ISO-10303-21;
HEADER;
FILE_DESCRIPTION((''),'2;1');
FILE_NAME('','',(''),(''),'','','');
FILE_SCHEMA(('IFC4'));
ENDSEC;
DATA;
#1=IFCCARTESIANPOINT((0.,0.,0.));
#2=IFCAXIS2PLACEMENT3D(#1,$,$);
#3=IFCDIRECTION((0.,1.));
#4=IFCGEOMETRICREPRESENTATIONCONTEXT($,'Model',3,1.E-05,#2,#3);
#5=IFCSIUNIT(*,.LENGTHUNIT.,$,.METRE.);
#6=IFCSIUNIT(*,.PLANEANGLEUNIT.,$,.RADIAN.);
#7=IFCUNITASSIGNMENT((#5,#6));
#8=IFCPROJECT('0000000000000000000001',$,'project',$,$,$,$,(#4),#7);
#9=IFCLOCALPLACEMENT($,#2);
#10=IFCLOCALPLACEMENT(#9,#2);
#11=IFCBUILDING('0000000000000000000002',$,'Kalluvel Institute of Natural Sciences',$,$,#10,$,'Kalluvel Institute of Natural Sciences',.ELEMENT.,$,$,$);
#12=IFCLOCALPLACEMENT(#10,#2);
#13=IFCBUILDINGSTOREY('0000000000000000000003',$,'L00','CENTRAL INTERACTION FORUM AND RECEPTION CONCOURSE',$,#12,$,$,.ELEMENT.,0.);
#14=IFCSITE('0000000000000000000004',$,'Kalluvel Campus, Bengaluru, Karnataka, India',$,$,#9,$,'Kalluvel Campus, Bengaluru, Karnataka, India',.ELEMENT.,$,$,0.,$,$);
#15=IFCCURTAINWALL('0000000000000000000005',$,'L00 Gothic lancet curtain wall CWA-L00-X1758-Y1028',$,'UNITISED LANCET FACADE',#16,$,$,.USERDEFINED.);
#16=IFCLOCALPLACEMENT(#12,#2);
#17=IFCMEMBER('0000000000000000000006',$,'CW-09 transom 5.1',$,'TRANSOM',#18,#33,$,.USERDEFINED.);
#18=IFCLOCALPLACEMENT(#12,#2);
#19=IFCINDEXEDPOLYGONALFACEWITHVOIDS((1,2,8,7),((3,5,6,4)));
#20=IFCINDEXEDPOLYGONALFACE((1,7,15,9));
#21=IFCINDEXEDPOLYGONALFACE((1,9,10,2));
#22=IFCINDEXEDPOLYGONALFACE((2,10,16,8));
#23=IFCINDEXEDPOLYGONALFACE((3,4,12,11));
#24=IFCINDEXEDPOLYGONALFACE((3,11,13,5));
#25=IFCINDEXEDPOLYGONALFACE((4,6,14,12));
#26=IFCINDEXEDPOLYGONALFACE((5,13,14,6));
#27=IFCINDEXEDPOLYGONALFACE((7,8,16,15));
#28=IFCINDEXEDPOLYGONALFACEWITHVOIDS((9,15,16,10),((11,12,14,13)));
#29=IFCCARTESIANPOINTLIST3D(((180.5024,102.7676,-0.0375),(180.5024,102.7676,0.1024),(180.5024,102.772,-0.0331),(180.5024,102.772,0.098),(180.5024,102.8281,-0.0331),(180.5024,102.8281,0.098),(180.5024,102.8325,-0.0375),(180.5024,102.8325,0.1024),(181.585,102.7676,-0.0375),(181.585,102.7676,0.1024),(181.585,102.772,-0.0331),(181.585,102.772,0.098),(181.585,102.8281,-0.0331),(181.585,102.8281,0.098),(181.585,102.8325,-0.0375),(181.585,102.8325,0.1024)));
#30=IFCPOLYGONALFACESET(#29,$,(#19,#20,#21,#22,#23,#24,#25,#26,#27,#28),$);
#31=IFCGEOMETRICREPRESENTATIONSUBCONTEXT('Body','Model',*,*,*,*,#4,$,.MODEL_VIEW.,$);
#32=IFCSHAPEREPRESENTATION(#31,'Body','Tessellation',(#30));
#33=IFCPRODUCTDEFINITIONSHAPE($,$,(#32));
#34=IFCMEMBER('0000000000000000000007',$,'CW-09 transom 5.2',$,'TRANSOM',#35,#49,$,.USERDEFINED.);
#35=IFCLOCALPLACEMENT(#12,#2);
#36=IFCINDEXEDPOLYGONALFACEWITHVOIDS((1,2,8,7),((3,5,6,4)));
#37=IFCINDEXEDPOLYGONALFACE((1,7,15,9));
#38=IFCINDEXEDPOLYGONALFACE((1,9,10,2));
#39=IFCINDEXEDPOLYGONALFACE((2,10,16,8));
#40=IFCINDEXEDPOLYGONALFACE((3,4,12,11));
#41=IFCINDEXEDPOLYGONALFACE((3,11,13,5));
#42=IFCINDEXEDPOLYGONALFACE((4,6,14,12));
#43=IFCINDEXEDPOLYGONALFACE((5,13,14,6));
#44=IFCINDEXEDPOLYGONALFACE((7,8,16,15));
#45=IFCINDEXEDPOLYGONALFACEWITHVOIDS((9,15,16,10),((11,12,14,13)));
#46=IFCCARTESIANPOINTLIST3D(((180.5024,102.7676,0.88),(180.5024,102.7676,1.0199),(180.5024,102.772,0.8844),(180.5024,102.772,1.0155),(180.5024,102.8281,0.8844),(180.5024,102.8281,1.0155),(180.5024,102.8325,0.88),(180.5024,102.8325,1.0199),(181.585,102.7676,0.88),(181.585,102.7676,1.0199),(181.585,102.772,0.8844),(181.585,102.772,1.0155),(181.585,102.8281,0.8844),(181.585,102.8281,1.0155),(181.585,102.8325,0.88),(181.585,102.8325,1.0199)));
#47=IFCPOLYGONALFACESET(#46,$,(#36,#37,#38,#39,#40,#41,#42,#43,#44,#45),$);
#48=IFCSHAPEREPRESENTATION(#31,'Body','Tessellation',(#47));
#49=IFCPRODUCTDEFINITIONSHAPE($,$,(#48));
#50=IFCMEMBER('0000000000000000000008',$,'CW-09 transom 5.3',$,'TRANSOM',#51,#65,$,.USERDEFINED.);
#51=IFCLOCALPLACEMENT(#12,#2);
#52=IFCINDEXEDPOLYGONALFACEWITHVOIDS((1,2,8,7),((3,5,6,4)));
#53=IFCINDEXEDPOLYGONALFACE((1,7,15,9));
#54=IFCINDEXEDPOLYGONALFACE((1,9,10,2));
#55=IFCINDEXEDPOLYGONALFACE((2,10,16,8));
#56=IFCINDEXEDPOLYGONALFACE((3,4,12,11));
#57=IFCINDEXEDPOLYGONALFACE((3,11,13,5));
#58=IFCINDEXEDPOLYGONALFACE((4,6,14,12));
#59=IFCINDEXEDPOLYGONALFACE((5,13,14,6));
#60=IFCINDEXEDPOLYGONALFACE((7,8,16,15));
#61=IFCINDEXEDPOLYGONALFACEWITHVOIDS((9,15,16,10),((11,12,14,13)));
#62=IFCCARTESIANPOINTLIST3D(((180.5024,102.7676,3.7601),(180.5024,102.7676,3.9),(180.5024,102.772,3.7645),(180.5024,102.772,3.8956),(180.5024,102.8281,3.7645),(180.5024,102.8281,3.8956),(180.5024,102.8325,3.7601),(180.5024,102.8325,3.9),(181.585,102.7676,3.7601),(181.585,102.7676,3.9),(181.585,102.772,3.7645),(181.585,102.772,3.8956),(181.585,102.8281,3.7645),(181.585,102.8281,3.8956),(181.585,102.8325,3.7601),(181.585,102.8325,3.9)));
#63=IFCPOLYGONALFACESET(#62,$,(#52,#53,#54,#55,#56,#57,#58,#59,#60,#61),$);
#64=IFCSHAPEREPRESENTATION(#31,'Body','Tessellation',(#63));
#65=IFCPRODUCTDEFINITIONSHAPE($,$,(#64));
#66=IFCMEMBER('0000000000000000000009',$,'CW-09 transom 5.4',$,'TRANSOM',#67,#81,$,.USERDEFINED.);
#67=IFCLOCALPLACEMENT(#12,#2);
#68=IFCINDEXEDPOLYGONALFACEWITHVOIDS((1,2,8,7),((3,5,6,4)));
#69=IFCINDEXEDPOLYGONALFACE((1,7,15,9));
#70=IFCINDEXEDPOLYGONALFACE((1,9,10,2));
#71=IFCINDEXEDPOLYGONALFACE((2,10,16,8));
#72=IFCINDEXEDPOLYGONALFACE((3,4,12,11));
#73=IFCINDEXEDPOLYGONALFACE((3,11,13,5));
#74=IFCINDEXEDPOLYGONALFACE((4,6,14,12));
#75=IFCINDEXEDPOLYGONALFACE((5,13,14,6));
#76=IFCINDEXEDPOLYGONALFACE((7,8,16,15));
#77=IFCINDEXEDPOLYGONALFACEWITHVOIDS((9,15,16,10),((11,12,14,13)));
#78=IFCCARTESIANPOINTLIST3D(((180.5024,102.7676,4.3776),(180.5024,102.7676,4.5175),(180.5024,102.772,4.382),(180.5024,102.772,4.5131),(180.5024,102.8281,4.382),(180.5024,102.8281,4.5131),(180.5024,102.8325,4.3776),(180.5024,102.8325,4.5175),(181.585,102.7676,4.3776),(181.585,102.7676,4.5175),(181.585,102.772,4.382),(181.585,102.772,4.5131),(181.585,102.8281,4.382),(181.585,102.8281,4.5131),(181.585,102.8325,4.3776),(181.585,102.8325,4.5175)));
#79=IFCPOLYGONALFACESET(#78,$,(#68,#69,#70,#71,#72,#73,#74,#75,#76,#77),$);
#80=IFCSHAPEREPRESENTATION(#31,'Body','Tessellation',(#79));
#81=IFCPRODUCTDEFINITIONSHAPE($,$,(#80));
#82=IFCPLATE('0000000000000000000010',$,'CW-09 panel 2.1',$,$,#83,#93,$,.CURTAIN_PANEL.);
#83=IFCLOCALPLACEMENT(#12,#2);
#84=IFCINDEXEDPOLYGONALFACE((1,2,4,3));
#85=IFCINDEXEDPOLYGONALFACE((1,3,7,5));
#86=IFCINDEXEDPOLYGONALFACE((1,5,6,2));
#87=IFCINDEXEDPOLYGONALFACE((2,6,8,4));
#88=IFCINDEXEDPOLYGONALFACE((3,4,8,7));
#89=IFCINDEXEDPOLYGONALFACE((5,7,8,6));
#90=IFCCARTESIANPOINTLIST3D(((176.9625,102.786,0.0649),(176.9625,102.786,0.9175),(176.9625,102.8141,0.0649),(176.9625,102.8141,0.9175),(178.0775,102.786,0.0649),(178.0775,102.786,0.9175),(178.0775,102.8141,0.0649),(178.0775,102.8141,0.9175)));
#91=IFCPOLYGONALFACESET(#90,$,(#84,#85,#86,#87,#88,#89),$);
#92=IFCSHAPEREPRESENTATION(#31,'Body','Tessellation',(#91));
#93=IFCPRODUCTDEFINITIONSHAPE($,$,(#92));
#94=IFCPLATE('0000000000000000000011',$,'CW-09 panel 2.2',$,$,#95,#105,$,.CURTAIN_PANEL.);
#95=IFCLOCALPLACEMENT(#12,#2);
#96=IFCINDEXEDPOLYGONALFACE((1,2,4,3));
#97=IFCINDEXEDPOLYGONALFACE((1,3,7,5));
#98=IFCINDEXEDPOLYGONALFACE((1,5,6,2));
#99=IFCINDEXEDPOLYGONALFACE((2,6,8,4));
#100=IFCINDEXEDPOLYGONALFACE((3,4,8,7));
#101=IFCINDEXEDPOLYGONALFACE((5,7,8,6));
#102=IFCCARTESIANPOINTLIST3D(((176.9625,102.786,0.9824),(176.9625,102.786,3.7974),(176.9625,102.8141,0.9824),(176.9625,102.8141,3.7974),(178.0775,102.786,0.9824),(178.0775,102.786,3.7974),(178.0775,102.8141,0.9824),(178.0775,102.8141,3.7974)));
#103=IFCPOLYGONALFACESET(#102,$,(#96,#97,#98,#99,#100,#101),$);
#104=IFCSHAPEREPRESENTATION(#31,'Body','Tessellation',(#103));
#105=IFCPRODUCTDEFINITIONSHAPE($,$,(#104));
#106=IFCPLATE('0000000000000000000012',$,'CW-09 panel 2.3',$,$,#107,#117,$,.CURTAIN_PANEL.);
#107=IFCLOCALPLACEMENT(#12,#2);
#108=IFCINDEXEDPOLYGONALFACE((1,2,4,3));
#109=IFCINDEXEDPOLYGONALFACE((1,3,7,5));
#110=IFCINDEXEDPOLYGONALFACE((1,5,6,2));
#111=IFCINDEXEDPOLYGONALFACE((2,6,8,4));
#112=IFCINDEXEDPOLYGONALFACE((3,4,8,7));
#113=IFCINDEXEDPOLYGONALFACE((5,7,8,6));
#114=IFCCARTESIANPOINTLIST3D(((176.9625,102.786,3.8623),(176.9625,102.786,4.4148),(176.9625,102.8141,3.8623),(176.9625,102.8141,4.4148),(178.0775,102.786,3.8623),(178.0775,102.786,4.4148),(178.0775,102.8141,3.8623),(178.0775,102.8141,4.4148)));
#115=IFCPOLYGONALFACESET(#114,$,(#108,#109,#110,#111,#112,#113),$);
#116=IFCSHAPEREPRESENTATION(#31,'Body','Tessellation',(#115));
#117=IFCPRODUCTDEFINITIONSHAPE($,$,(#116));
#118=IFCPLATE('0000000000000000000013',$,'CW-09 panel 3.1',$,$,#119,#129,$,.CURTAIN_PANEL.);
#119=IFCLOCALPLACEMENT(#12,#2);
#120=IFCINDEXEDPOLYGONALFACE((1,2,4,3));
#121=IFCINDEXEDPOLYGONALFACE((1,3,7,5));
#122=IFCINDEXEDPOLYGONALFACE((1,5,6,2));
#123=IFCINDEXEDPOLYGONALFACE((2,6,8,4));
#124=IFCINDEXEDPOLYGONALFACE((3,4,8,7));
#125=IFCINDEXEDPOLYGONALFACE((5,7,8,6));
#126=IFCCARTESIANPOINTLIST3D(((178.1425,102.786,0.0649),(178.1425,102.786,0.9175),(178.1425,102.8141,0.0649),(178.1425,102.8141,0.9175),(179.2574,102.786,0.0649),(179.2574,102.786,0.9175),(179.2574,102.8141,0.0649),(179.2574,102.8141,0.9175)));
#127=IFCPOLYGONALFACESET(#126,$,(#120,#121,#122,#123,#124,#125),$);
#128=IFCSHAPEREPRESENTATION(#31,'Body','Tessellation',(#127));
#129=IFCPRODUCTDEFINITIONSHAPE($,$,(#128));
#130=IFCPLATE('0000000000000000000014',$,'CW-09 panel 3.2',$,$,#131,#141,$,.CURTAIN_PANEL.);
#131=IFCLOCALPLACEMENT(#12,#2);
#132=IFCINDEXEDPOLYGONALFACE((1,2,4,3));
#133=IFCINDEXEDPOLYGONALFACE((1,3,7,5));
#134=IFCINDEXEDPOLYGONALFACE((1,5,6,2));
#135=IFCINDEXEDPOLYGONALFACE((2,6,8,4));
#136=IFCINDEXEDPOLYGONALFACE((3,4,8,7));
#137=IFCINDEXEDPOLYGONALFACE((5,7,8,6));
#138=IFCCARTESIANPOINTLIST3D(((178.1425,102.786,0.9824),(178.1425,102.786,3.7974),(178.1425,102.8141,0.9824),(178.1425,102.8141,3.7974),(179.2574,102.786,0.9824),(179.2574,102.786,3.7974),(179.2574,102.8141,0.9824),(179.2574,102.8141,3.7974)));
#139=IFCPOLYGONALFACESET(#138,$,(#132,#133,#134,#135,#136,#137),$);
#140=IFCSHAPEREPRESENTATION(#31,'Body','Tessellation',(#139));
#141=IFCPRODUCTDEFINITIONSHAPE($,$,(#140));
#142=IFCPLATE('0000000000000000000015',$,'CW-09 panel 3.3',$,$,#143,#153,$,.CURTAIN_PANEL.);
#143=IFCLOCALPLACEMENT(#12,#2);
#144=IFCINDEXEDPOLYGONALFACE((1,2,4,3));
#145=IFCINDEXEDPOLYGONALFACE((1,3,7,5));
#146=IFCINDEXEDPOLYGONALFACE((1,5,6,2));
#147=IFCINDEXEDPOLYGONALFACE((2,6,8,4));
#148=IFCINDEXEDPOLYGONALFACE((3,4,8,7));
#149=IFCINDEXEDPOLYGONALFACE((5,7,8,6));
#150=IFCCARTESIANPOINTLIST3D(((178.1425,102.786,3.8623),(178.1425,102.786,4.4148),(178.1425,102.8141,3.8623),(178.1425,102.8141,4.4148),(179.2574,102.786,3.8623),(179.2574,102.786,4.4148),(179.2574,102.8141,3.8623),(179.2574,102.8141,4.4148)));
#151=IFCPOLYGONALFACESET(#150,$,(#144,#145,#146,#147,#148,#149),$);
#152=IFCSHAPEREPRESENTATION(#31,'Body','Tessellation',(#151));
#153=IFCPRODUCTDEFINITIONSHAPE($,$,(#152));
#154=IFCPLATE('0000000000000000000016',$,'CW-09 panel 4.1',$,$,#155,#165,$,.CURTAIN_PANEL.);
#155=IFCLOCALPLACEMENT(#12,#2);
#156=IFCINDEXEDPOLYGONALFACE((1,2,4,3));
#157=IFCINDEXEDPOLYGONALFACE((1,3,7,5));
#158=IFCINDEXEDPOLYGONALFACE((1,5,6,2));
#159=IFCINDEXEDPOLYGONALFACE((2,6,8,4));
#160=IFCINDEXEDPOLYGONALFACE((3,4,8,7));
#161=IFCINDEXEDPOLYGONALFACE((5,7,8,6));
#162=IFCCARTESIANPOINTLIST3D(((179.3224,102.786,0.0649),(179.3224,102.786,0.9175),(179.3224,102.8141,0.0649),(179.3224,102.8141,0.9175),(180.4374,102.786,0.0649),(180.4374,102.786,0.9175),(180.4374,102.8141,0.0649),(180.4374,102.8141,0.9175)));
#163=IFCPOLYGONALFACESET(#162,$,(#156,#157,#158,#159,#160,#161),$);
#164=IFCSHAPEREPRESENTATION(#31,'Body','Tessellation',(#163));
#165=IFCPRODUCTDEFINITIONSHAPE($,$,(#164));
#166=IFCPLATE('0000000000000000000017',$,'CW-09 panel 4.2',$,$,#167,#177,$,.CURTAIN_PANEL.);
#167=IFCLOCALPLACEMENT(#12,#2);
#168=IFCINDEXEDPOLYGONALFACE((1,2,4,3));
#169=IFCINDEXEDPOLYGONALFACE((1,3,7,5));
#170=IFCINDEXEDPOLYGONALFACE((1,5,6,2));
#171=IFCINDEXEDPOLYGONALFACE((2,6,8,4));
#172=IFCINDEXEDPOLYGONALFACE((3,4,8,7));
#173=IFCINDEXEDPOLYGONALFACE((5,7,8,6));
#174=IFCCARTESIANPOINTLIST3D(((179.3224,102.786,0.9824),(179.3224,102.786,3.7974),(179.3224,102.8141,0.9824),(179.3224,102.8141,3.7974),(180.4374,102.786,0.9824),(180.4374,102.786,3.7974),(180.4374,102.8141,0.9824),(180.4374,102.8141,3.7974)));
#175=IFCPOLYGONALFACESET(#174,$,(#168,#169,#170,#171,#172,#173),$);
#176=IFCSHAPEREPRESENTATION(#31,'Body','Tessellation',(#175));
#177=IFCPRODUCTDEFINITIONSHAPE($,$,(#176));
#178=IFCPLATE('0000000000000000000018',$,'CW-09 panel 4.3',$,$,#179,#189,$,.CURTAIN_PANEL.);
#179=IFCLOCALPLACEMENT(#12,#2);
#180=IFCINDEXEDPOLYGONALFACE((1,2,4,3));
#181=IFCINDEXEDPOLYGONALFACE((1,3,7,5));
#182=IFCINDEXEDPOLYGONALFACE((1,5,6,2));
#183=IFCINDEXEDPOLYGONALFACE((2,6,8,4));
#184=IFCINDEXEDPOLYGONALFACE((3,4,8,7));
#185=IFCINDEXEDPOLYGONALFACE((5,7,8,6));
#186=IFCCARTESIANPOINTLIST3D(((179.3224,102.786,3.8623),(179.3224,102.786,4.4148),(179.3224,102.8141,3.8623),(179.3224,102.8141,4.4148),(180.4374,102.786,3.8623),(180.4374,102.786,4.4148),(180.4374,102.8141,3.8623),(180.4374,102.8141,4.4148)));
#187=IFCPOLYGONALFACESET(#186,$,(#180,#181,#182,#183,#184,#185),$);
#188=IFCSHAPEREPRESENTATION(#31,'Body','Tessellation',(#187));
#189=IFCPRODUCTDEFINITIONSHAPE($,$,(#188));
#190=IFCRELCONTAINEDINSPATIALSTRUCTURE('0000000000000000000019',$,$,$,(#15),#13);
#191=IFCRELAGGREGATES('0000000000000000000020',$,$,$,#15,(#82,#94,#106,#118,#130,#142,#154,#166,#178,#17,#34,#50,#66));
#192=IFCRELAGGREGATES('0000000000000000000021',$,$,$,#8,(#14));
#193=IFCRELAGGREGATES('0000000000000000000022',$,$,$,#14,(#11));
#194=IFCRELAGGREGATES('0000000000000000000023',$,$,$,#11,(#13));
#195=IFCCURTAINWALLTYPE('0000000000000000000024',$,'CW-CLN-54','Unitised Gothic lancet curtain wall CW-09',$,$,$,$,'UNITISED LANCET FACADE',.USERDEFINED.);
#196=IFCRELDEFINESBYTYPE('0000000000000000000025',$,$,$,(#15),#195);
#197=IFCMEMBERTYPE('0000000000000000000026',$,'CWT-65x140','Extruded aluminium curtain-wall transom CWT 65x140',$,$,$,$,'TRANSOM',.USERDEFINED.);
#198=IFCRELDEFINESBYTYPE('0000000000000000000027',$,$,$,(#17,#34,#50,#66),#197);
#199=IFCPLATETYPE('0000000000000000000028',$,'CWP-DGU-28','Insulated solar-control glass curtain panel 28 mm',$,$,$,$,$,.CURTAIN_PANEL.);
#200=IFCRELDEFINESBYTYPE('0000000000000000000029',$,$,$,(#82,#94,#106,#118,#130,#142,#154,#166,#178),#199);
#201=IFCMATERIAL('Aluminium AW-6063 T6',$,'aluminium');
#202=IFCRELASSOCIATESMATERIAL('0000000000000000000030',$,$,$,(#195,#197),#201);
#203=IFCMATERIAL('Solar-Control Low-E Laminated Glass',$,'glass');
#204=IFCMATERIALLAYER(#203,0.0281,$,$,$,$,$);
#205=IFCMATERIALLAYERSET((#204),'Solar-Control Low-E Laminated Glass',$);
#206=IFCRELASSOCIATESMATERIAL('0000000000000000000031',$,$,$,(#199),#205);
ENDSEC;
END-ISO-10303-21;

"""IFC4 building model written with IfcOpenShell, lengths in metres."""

from ifc_helpers import new_model, si_unit, direction, frame, origin, origin_2d, place, context, subcontext, project, spatial, rectangle, hollow_rectangle, extrude, material, layer, layer_set, material_profile, profile_set, type_object, element, aggregate, save


model = new_model("IFC4")

# Units and contexts
model_context = context("Model", 3, precision=1e-05, world=origin(), true_north=direction((0.0, 1.0)))
body_context = subcontext(model_context, "Body", "Model", "MODEL_VIEW")
ifc_project = project(units=[si_unit("LENGTHUNIT", "METRE"), si_unit("PLANEANGLEUNIT", "RADIAN")], contexts=[model_context])

# Site, building, storey
site_placement = place(None, origin())
site = spatial("IfcSite", under=ifc_project, at=site_placement, Name="Kalluvel Campus, Bengaluru, Karnataka, India", LongName="Kalluvel Campus, Bengaluru, Karnataka, India", CompositionType="ELEMENT", RefElevation=0.0)
building_placement = place(site_placement, origin())
building = spatial("IfcBuilding", under=site, at=building_placement, Name="Kalluvel Institute of Natural Sciences", LongName="Kalluvel Institute of Natural Sciences", CompositionType="ELEMENT")
storey_placement = place(building_placement, origin())
storey = spatial("IfcBuildingStorey", under=building, at=storey_placement, Name="L00", Description="CENTRAL INTERACTION FORUM AND RECEPTION CONCOURSE", CompositionType="ELEMENT", Elevation=0.0)

# Curtain wall, members, plates
ifc_material_1 = material(Name="Aluminium AW-6063 T6", Category="aluminium")
curtain_wall_type = type_object("IfcCurtainWallType", Name="CW-CLN-54", Description="Unitised Gothic lancet curtain wall CW-09", ElementType="UNITISED LANCET FACADE", PredefinedType="USERDEFINED", material=ifc_material_1)
curtain_wall_placement = place(storey_placement, origin())
curtain_wall = element("IfcCurtainWall", 1, at=curtain_wall_placement, inside=storey, type_object=curtain_wall_type, Name="L00 Gothic lancet curtain wall CWA-L00-X1758-Y1028", ObjectType="UNITISED LANCET FACADE", PredefinedType="USERDEFINED")
ifc_material_profile_1 = material_profile(ifc_material_1, hollow_rectangle(XDim=0.0649, YDim=0.1399, WallThickness=0.0044, at=origin_2d()), Name="CWT 65x140")
ifc_profile_set_1 = profile_set([ifc_material_profile_1], Name="Aluminium AW-6063 T6")
member_type_1 = type_object("IfcMemberType", Name="CWT-65x140", Description="Extruded aluminium curtain-wall transom CWT 65x140", ElementType="TRANSOM", PredefinedType="USERDEFINED", material=ifc_profile_set_1)
member_1_placement = place(storey_placement, frame((180.5024, 102.8, 0.0325), z_axis=(1.0, 0.0, 0.0), x_axis=(0.0, 1.0, 0.0)))
member_1 = element("IfcMember", 2, at=member_1_placement, type_object=member_type_1, Name="CW-09 transom 5.1", ObjectType="TRANSOM", PredefinedType="USERDEFINED", context=body_context, shape_type="SweptSolid", body=[
    extrude(hollow_rectangle(XDim=0.0649, YDim=0.1399, WallThickness=0.0044, at=origin_2d()), origin(), (0.0, 0.0, 1.0), 1.0825),
])
member_2_placement = place(storey_placement, frame((180.5024, 102.8, 0.95), z_axis=(1.0, 0.0, 0.0), x_axis=(0.0, 1.0, 0.0)))
member_2 = element("IfcMember", 3, at=member_2_placement, type_object=member_type_1, Name="CW-09 transom 5.2", ObjectType="TRANSOM", PredefinedType="USERDEFINED", context=body_context, shape_type="SweptSolid", body=[
    extrude(hollow_rectangle(XDim=0.0649, YDim=0.1399, WallThickness=0.0044, at=origin_2d()), origin(), (0.0, 0.0, 1.0), 1.0825),
])
member_3_placement = place(storey_placement, frame((180.5024, 102.8, 3.8301), z_axis=(1.0, 0.0, 0.0), x_axis=(0.0, 1.0, 0.0)))
member_3 = element("IfcMember", 4, at=member_3_placement, type_object=member_type_1, Name="CW-09 transom 5.3", ObjectType="TRANSOM", PredefinedType="USERDEFINED", context=body_context, shape_type="SweptSolid", body=[
    extrude(hollow_rectangle(XDim=0.0649, YDim=0.1399, WallThickness=0.0044, at=origin_2d()), origin(), (0.0, 0.0, 1.0), 1.0825),
])
member_4_placement = place(storey_placement, frame((180.5024, 102.8, 4.4475), z_axis=(1.0, 0.0, 0.0), x_axis=(0.0, 1.0, 0.0)))
member_4 = element("IfcMember", 5, at=member_4_placement, type_object=member_type_1, Name="CW-09 transom 5.4", ObjectType="TRANSOM", PredefinedType="USERDEFINED", context=body_context, shape_type="SweptSolid", body=[
    extrude(hollow_rectangle(XDim=0.0649, YDim=0.1399, WallThickness=0.0044, at=origin_2d()), origin(), (0.0, 0.0, 1.0), 1.0825),
])
ifc_material_2 = material(Name="Solar-Control Low-E Laminated Glass", Category="glass")
ifc_layer = layer(ifc_material_2, 0.0281)
ifc_layer_set = layer_set([ifc_layer], Name="Solar-Control Low-E Laminated Glass")
plate_type = type_object("IfcPlateType", Name="CWP-DGU-28", Description="Insulated solar-control glass curtain panel 28 mm", PredefinedType="CURTAIN_PANEL", material=ifc_layer_set)
plate_1_placement = place(storey_placement, frame((177.52, 102.8, 0.0649), z_axis=(0.0, 0.0, 1.0), x_axis=(1.0, 0.0, 0.0)))
plate_1 = element("IfcPlate", 6, at=plate_1_placement, type_object=plate_type, Name="CW-09 panel 2.1", PredefinedType="CURTAIN_PANEL", context=body_context, shape_type="SweptSolid", body=[
    extrude(rectangle(XDim=1.115, YDim=0.0281, at=origin_2d()), origin(), (0.0, 0.0, 1.0), 0.8525),
])
plate_2_placement = place(storey_placement, frame((177.52, 102.8, 0.9824), z_axis=(0.0, 0.0, 1.0), x_axis=(1.0, 0.0, 0.0)))
plate_2 = element("IfcPlate", 7, at=plate_2_placement, type_object=plate_type, Name="CW-09 panel 2.2", PredefinedType="CURTAIN_PANEL", context=body_context, shape_type="SweptSolid", body=[
    extrude(rectangle(XDim=1.115, YDim=0.0281, at=origin_2d()), origin(), (0.0, 0.0, 1.0), 2.8149),
])
plate_3_placement = place(storey_placement, frame((177.52, 102.8, 3.8623), z_axis=(0.0, 0.0, 1.0), x_axis=(1.0, 0.0, 0.0)))
plate_3 = element("IfcPlate", 8, at=plate_3_placement, type_object=plate_type, Name="CW-09 panel 2.3", PredefinedType="CURTAIN_PANEL", context=body_context, shape_type="SweptSolid", body=[
    extrude(rectangle(XDim=1.115, YDim=0.0281, at=origin_2d()), origin(), (0.0, 0.0, 1.0), 0.5525),
])
plate_4_placement = place(storey_placement, frame((178.7, 102.8, 0.0649), z_axis=(0.0, 0.0, 1.0), x_axis=(1.0, 0.0, 0.0)))
plate_4 = element("IfcPlate", 9, at=plate_4_placement, type_object=plate_type, Name="CW-09 panel 3.1", PredefinedType="CURTAIN_PANEL", context=body_context, shape_type="SweptSolid", body=[
    extrude(rectangle(XDim=1.115, YDim=0.0281, at=origin_2d()), origin(), (0.0, 0.0, 1.0), 0.8525),
])
plate_5_placement = place(storey_placement, frame((178.7, 102.8, 0.9824), z_axis=(0.0, 0.0, 1.0), x_axis=(1.0, 0.0, 0.0)))
plate_5 = element("IfcPlate", 10, at=plate_5_placement, type_object=plate_type, Name="CW-09 panel 3.2", PredefinedType="CURTAIN_PANEL", context=body_context, shape_type="SweptSolid", body=[
    extrude(rectangle(XDim=1.115, YDim=0.0281, at=origin_2d()), origin(), (0.0, 0.0, 1.0), 2.8149),
])
plate_6_placement = place(storey_placement, frame((178.7, 102.8, 3.8623), z_axis=(0.0, 0.0, 1.0), x_axis=(1.0, 0.0, 0.0)))
plate_6 = element("IfcPlate", 11, at=plate_6_placement, type_object=plate_type, Name="CW-09 panel 3.3", PredefinedType="CURTAIN_PANEL", context=body_context, shape_type="SweptSolid", body=[
    extrude(rectangle(XDim=1.115, YDim=0.0281, at=origin_2d()), origin(), (0.0, 0.0, 1.0), 0.5525),
])
plate_7_placement = place(storey_placement, frame((179.8799, 102.8, 0.0649), z_axis=(0.0, 0.0, 1.0), x_axis=(1.0, 0.0, 0.0)))
plate_7 = element("IfcPlate", 12, at=plate_7_placement, type_object=plate_type, Name="CW-09 panel 4.1", PredefinedType="CURTAIN_PANEL", context=body_context, shape_type="SweptSolid", body=[
    extrude(rectangle(XDim=1.115, YDim=0.0281, at=origin_2d()), origin(), (0.0, 0.0, 1.0), 0.8525),
])
plate_8_placement = place(storey_placement, frame((179.8799, 102.8, 0.9824), z_axis=(0.0, 0.0, 1.0), x_axis=(1.0, 0.0, 0.0)))
plate_8 = element("IfcPlate", 13, at=plate_8_placement, type_object=plate_type, Name="CW-09 panel 4.2", PredefinedType="CURTAIN_PANEL", context=body_context, shape_type="SweptSolid", body=[
    extrude(rectangle(XDim=1.115, YDim=0.0281, at=origin_2d()), origin(), (0.0, 0.0, 1.0), 2.8149),
])
plate_9_placement = place(storey_placement, frame((179.8799, 102.8, 3.8623), z_axis=(0.0, 0.0, 1.0), x_axis=(1.0, 0.0, 0.0)))
plate_9 = element("IfcPlate", 14, at=plate_9_placement, type_object=plate_type, Name="CW-09 panel 4.3", PredefinedType="CURTAIN_PANEL", context=body_context, shape_type="SweptSolid", body=[
    extrude(rectangle(XDim=1.115, YDim=0.0281, at=origin_2d()), origin(), (0.0, 0.0, 1.0), 0.5525),
])
aggregate(curtain_wall, [plate_1, plate_2, plate_3, plate_4, plate_5, plate_6, plate_7, plate_8, plate_9, member_1, member_2, member_3, member_4])

save(model, "model.ifc")
